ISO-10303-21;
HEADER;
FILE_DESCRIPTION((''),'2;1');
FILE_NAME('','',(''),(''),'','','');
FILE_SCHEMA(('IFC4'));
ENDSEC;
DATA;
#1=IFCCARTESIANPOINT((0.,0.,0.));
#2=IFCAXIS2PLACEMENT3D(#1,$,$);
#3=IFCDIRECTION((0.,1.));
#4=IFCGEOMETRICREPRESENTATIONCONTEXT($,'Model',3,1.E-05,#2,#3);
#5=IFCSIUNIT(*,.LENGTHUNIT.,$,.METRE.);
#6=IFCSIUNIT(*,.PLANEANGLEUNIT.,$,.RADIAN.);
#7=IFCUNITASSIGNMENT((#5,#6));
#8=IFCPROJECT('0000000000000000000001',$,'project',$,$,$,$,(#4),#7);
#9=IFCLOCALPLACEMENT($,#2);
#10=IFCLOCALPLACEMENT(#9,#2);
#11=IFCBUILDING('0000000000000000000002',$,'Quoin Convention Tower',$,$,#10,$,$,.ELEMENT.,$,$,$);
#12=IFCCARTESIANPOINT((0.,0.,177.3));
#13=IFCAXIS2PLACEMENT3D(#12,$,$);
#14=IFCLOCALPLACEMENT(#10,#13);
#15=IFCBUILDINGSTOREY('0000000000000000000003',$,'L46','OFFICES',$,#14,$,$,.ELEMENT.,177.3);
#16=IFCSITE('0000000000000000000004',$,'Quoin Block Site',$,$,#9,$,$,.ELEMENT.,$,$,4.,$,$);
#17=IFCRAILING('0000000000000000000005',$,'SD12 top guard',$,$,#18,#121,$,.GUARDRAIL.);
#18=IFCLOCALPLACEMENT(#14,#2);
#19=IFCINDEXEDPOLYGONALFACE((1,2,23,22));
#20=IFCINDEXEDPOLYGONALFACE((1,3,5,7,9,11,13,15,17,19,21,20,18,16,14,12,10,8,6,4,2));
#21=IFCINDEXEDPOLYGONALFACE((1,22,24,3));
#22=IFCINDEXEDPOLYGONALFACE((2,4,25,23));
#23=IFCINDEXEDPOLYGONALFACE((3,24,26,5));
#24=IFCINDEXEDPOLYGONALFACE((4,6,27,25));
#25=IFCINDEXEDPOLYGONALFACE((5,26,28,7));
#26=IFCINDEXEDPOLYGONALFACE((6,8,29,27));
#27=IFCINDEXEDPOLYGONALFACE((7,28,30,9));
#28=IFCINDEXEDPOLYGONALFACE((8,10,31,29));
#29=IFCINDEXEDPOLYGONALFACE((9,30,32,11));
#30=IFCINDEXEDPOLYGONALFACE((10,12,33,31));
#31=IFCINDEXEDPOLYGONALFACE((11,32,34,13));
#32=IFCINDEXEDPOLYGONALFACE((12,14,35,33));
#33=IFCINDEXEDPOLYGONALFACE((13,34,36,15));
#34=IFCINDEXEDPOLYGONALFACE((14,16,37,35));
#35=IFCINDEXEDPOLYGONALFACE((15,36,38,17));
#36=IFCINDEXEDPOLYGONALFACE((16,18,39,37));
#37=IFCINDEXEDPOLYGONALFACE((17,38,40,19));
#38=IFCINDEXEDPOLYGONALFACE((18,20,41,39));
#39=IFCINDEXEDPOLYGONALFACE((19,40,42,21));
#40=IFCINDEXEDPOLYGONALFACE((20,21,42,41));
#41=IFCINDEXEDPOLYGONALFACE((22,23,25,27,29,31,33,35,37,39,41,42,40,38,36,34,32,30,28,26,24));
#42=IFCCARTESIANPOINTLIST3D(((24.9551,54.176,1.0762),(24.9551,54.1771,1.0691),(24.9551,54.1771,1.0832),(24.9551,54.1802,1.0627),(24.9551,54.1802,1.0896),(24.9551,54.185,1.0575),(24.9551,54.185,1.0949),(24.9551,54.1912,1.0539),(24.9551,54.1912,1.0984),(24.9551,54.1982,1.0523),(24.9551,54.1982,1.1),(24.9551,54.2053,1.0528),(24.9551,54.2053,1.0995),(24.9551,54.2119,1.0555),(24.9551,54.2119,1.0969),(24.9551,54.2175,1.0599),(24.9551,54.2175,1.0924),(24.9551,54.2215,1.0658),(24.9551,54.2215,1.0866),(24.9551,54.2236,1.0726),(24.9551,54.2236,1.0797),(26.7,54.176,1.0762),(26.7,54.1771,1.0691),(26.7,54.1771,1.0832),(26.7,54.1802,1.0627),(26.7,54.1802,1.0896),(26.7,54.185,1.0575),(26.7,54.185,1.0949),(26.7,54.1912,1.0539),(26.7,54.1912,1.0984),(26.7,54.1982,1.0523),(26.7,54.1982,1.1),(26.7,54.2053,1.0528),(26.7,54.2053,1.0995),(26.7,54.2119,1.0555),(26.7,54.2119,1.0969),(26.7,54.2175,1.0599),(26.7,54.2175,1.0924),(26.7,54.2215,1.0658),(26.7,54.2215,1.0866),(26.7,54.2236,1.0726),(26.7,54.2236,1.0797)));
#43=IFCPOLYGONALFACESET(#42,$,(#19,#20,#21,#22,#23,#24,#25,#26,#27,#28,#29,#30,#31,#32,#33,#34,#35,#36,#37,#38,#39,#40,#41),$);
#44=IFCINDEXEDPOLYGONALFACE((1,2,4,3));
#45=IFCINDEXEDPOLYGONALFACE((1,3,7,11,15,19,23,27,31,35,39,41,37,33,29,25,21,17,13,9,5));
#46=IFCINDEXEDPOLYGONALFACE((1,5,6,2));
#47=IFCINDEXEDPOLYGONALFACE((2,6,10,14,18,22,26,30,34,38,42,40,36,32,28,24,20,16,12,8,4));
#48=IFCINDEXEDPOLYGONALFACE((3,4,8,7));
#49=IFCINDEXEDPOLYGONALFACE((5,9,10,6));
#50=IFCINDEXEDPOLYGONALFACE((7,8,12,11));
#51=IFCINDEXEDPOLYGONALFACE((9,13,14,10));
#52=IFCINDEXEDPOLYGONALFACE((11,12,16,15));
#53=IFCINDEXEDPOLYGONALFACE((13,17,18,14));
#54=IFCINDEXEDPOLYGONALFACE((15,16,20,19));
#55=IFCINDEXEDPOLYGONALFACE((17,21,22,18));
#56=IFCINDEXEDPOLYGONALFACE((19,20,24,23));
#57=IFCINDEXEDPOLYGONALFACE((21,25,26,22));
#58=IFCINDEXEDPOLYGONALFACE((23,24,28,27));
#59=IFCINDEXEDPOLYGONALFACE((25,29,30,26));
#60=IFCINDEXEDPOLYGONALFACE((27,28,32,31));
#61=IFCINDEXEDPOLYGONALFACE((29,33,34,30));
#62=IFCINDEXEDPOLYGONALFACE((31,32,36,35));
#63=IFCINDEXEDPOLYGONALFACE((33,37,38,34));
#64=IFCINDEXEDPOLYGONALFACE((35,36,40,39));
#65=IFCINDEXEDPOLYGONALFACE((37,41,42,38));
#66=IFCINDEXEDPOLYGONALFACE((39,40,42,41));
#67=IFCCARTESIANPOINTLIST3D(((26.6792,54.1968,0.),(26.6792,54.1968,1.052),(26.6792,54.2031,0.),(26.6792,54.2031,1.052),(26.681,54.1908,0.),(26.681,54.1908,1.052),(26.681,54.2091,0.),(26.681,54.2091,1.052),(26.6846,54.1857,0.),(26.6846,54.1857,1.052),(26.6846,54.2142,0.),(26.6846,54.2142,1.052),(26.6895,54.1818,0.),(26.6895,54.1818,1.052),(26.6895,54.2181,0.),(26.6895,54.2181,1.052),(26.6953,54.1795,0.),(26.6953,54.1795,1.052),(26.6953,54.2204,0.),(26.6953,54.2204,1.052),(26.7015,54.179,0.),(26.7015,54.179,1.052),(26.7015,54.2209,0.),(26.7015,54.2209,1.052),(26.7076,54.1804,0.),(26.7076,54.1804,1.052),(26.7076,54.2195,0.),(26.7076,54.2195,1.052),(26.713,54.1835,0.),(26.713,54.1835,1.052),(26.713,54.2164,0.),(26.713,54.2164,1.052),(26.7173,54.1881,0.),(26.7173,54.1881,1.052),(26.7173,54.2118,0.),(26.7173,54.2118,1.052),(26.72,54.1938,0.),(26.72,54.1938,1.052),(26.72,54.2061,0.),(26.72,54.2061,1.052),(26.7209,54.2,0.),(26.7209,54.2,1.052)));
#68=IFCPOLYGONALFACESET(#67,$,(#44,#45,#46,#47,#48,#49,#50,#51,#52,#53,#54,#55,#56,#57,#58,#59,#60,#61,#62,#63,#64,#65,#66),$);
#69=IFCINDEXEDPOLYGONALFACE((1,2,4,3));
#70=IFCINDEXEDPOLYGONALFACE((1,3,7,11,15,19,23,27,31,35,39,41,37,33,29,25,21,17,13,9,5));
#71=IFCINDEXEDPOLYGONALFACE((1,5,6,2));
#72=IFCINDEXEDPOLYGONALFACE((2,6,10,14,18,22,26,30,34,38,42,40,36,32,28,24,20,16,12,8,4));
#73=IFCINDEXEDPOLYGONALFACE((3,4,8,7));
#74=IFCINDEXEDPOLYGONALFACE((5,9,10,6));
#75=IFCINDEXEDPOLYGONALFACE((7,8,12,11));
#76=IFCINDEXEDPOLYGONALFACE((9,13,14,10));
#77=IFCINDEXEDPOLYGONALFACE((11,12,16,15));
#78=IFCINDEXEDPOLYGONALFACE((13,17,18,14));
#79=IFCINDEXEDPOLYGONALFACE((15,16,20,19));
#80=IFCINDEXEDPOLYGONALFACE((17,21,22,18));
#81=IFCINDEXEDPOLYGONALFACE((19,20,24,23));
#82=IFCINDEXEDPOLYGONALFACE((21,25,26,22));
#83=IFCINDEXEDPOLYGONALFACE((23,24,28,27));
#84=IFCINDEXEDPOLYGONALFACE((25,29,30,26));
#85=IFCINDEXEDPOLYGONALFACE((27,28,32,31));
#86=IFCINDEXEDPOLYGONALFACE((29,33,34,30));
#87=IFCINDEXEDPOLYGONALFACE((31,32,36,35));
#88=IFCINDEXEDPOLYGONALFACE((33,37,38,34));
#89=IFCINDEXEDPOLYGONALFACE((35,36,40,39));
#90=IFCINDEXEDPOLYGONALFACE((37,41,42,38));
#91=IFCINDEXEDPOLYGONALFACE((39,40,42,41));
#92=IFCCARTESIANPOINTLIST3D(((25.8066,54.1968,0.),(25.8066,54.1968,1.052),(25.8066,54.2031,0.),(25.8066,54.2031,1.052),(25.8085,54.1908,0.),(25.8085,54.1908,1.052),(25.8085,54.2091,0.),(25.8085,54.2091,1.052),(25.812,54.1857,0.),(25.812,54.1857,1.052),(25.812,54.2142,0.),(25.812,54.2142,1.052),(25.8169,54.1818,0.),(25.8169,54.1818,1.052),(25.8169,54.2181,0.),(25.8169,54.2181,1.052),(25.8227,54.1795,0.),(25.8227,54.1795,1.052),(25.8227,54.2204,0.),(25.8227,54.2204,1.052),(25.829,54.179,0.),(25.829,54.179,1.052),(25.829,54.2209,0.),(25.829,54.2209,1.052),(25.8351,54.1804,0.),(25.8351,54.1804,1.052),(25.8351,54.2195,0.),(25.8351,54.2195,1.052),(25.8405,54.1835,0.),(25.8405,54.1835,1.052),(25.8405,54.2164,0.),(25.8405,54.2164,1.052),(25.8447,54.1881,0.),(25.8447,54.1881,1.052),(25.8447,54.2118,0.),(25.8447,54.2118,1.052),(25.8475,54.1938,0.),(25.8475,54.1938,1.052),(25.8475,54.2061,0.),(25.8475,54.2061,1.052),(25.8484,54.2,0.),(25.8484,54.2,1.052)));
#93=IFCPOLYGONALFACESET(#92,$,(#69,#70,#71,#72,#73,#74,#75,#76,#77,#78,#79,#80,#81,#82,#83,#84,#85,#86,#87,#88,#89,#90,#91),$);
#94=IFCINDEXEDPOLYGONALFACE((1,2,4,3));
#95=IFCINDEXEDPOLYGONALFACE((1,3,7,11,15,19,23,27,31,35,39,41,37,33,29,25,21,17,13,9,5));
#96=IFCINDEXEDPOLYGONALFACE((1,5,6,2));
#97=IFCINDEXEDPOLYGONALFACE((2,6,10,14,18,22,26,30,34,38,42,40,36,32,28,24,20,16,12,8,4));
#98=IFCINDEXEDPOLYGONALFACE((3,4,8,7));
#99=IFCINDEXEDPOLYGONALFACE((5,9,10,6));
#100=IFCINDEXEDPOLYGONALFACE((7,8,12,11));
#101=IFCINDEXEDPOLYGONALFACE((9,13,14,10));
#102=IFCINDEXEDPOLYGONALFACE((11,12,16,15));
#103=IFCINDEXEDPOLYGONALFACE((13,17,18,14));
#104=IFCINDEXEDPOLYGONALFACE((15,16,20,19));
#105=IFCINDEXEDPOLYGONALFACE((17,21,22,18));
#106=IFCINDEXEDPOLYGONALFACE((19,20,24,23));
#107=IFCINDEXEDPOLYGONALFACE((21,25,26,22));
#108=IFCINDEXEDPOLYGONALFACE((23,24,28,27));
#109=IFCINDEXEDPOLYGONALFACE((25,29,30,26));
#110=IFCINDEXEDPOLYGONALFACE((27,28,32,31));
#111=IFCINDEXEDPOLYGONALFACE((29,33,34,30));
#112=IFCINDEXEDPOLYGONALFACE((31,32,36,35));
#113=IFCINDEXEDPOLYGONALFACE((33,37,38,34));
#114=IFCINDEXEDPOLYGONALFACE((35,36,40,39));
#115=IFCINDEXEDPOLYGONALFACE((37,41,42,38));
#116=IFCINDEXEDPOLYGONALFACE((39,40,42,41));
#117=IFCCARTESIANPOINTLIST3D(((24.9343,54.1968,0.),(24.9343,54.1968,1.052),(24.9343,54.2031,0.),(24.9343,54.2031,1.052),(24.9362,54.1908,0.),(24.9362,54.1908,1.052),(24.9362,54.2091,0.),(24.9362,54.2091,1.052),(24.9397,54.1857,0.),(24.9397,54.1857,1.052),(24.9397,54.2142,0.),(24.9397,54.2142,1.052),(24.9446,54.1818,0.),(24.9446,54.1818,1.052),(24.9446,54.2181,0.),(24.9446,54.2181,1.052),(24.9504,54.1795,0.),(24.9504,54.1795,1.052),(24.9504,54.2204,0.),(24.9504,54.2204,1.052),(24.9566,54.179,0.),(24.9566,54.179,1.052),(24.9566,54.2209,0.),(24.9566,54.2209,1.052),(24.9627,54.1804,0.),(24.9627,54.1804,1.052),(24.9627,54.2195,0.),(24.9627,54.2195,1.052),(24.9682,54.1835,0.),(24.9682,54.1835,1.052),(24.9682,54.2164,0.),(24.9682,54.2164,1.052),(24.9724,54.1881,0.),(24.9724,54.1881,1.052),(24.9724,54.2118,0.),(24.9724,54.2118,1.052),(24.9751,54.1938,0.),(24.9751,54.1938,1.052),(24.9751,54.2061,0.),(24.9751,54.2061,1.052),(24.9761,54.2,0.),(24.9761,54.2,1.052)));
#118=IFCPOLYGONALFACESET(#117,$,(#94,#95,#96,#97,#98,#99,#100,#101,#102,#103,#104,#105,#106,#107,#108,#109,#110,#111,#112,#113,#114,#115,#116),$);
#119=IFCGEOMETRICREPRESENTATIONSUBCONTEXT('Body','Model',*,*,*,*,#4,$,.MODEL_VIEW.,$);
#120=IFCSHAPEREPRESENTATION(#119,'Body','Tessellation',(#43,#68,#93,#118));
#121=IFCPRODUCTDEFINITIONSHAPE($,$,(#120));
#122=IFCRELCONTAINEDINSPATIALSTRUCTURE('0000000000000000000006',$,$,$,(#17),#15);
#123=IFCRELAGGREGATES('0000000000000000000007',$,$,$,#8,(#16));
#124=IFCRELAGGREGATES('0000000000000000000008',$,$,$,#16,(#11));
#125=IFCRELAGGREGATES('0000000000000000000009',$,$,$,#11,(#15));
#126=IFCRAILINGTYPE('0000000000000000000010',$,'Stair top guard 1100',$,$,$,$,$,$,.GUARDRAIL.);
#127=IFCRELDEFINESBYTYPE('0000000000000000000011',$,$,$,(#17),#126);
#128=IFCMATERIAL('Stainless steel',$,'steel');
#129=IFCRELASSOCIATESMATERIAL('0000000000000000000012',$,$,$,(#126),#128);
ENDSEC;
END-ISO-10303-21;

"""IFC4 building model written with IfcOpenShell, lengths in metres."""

from ifc_helpers import new_model, si_unit, direction, frame, origin, origin_2d, place, context, subcontext, project, spatial, circle, extrude, material, type_object, element, save


model = new_model("IFC4")

# Units and contexts
model_context = context("Model", 3, precision=1e-05, world=origin(), true_north=direction((0.0, 1.0)))
body_context = subcontext(model_context, "Body", "Model", "MODEL_VIEW")
ifc_project = project(units=[si_unit("LENGTHUNIT", "METRE"), si_unit("PLANEANGLEUNIT", "RADIAN")], contexts=[model_context])

# Site, building, storey
site_placement = place(None, origin())
site = spatial("IfcSite", under=ifc_project, at=site_placement, Name="Quoin Block Site", CompositionType="ELEMENT", RefElevation=4.0)
building_placement = place(site_placement, origin())
building = spatial("IfcBuilding", under=site, at=building_placement, Name="Quoin Convention Tower", CompositionType="ELEMENT")
storey_placement = place(building_placement, frame((0.0, 0.0, 177.3)))
storey = spatial("IfcBuildingStorey", under=building, at=storey_placement, Name="L46", Description="OFFICES", CompositionType="ELEMENT", Elevation=177.3)

# Railing
ifc_material_1 = material(Name="Stainless steel", Category="steel")
railing_type_1 = type_object("IfcRailingType", Name="Stair top guard 1100", PredefinedType="GUARDRAIL", material=ifc_material_1)
railing_1_placement = place(storey_placement, frame((26.7, 54.2, 0.0)))
element("IfcRailing", 1, at=railing_1_placement, inside=storey, type_object=railing_type_1, Name="SD12 top guard", PredefinedType="GUARDRAIL", context=body_context, shape_type="SweptSolid", body=[
    extrude(circle(Radius=0.0239, at=origin_2d()), frame((0.0, 0.0, 1.0762), z_axis=(-1.0, 0.0, 0.0), x_axis=(0.0, -1.0, 0.0)), (0.0, 0.0, 1.0), 1.7449),
    extrude(circle(Radius=0.021, at=origin_2d()), origin(), (0.0, 0.0, 1.0), 1.052),
    extrude(circle(Radius=0.021, at=origin_2d()), frame((-0.8726, 0.0, 0.0)), (0.0, 0.0, 1.0), 1.052),
    extrude(circle(Radius=0.021, at=origin_2d()), frame((-1.7449, 0.0, 0.0)), (0.0, 0.0, 1.0), 1.052),
])

save(model, "model.ifc")
